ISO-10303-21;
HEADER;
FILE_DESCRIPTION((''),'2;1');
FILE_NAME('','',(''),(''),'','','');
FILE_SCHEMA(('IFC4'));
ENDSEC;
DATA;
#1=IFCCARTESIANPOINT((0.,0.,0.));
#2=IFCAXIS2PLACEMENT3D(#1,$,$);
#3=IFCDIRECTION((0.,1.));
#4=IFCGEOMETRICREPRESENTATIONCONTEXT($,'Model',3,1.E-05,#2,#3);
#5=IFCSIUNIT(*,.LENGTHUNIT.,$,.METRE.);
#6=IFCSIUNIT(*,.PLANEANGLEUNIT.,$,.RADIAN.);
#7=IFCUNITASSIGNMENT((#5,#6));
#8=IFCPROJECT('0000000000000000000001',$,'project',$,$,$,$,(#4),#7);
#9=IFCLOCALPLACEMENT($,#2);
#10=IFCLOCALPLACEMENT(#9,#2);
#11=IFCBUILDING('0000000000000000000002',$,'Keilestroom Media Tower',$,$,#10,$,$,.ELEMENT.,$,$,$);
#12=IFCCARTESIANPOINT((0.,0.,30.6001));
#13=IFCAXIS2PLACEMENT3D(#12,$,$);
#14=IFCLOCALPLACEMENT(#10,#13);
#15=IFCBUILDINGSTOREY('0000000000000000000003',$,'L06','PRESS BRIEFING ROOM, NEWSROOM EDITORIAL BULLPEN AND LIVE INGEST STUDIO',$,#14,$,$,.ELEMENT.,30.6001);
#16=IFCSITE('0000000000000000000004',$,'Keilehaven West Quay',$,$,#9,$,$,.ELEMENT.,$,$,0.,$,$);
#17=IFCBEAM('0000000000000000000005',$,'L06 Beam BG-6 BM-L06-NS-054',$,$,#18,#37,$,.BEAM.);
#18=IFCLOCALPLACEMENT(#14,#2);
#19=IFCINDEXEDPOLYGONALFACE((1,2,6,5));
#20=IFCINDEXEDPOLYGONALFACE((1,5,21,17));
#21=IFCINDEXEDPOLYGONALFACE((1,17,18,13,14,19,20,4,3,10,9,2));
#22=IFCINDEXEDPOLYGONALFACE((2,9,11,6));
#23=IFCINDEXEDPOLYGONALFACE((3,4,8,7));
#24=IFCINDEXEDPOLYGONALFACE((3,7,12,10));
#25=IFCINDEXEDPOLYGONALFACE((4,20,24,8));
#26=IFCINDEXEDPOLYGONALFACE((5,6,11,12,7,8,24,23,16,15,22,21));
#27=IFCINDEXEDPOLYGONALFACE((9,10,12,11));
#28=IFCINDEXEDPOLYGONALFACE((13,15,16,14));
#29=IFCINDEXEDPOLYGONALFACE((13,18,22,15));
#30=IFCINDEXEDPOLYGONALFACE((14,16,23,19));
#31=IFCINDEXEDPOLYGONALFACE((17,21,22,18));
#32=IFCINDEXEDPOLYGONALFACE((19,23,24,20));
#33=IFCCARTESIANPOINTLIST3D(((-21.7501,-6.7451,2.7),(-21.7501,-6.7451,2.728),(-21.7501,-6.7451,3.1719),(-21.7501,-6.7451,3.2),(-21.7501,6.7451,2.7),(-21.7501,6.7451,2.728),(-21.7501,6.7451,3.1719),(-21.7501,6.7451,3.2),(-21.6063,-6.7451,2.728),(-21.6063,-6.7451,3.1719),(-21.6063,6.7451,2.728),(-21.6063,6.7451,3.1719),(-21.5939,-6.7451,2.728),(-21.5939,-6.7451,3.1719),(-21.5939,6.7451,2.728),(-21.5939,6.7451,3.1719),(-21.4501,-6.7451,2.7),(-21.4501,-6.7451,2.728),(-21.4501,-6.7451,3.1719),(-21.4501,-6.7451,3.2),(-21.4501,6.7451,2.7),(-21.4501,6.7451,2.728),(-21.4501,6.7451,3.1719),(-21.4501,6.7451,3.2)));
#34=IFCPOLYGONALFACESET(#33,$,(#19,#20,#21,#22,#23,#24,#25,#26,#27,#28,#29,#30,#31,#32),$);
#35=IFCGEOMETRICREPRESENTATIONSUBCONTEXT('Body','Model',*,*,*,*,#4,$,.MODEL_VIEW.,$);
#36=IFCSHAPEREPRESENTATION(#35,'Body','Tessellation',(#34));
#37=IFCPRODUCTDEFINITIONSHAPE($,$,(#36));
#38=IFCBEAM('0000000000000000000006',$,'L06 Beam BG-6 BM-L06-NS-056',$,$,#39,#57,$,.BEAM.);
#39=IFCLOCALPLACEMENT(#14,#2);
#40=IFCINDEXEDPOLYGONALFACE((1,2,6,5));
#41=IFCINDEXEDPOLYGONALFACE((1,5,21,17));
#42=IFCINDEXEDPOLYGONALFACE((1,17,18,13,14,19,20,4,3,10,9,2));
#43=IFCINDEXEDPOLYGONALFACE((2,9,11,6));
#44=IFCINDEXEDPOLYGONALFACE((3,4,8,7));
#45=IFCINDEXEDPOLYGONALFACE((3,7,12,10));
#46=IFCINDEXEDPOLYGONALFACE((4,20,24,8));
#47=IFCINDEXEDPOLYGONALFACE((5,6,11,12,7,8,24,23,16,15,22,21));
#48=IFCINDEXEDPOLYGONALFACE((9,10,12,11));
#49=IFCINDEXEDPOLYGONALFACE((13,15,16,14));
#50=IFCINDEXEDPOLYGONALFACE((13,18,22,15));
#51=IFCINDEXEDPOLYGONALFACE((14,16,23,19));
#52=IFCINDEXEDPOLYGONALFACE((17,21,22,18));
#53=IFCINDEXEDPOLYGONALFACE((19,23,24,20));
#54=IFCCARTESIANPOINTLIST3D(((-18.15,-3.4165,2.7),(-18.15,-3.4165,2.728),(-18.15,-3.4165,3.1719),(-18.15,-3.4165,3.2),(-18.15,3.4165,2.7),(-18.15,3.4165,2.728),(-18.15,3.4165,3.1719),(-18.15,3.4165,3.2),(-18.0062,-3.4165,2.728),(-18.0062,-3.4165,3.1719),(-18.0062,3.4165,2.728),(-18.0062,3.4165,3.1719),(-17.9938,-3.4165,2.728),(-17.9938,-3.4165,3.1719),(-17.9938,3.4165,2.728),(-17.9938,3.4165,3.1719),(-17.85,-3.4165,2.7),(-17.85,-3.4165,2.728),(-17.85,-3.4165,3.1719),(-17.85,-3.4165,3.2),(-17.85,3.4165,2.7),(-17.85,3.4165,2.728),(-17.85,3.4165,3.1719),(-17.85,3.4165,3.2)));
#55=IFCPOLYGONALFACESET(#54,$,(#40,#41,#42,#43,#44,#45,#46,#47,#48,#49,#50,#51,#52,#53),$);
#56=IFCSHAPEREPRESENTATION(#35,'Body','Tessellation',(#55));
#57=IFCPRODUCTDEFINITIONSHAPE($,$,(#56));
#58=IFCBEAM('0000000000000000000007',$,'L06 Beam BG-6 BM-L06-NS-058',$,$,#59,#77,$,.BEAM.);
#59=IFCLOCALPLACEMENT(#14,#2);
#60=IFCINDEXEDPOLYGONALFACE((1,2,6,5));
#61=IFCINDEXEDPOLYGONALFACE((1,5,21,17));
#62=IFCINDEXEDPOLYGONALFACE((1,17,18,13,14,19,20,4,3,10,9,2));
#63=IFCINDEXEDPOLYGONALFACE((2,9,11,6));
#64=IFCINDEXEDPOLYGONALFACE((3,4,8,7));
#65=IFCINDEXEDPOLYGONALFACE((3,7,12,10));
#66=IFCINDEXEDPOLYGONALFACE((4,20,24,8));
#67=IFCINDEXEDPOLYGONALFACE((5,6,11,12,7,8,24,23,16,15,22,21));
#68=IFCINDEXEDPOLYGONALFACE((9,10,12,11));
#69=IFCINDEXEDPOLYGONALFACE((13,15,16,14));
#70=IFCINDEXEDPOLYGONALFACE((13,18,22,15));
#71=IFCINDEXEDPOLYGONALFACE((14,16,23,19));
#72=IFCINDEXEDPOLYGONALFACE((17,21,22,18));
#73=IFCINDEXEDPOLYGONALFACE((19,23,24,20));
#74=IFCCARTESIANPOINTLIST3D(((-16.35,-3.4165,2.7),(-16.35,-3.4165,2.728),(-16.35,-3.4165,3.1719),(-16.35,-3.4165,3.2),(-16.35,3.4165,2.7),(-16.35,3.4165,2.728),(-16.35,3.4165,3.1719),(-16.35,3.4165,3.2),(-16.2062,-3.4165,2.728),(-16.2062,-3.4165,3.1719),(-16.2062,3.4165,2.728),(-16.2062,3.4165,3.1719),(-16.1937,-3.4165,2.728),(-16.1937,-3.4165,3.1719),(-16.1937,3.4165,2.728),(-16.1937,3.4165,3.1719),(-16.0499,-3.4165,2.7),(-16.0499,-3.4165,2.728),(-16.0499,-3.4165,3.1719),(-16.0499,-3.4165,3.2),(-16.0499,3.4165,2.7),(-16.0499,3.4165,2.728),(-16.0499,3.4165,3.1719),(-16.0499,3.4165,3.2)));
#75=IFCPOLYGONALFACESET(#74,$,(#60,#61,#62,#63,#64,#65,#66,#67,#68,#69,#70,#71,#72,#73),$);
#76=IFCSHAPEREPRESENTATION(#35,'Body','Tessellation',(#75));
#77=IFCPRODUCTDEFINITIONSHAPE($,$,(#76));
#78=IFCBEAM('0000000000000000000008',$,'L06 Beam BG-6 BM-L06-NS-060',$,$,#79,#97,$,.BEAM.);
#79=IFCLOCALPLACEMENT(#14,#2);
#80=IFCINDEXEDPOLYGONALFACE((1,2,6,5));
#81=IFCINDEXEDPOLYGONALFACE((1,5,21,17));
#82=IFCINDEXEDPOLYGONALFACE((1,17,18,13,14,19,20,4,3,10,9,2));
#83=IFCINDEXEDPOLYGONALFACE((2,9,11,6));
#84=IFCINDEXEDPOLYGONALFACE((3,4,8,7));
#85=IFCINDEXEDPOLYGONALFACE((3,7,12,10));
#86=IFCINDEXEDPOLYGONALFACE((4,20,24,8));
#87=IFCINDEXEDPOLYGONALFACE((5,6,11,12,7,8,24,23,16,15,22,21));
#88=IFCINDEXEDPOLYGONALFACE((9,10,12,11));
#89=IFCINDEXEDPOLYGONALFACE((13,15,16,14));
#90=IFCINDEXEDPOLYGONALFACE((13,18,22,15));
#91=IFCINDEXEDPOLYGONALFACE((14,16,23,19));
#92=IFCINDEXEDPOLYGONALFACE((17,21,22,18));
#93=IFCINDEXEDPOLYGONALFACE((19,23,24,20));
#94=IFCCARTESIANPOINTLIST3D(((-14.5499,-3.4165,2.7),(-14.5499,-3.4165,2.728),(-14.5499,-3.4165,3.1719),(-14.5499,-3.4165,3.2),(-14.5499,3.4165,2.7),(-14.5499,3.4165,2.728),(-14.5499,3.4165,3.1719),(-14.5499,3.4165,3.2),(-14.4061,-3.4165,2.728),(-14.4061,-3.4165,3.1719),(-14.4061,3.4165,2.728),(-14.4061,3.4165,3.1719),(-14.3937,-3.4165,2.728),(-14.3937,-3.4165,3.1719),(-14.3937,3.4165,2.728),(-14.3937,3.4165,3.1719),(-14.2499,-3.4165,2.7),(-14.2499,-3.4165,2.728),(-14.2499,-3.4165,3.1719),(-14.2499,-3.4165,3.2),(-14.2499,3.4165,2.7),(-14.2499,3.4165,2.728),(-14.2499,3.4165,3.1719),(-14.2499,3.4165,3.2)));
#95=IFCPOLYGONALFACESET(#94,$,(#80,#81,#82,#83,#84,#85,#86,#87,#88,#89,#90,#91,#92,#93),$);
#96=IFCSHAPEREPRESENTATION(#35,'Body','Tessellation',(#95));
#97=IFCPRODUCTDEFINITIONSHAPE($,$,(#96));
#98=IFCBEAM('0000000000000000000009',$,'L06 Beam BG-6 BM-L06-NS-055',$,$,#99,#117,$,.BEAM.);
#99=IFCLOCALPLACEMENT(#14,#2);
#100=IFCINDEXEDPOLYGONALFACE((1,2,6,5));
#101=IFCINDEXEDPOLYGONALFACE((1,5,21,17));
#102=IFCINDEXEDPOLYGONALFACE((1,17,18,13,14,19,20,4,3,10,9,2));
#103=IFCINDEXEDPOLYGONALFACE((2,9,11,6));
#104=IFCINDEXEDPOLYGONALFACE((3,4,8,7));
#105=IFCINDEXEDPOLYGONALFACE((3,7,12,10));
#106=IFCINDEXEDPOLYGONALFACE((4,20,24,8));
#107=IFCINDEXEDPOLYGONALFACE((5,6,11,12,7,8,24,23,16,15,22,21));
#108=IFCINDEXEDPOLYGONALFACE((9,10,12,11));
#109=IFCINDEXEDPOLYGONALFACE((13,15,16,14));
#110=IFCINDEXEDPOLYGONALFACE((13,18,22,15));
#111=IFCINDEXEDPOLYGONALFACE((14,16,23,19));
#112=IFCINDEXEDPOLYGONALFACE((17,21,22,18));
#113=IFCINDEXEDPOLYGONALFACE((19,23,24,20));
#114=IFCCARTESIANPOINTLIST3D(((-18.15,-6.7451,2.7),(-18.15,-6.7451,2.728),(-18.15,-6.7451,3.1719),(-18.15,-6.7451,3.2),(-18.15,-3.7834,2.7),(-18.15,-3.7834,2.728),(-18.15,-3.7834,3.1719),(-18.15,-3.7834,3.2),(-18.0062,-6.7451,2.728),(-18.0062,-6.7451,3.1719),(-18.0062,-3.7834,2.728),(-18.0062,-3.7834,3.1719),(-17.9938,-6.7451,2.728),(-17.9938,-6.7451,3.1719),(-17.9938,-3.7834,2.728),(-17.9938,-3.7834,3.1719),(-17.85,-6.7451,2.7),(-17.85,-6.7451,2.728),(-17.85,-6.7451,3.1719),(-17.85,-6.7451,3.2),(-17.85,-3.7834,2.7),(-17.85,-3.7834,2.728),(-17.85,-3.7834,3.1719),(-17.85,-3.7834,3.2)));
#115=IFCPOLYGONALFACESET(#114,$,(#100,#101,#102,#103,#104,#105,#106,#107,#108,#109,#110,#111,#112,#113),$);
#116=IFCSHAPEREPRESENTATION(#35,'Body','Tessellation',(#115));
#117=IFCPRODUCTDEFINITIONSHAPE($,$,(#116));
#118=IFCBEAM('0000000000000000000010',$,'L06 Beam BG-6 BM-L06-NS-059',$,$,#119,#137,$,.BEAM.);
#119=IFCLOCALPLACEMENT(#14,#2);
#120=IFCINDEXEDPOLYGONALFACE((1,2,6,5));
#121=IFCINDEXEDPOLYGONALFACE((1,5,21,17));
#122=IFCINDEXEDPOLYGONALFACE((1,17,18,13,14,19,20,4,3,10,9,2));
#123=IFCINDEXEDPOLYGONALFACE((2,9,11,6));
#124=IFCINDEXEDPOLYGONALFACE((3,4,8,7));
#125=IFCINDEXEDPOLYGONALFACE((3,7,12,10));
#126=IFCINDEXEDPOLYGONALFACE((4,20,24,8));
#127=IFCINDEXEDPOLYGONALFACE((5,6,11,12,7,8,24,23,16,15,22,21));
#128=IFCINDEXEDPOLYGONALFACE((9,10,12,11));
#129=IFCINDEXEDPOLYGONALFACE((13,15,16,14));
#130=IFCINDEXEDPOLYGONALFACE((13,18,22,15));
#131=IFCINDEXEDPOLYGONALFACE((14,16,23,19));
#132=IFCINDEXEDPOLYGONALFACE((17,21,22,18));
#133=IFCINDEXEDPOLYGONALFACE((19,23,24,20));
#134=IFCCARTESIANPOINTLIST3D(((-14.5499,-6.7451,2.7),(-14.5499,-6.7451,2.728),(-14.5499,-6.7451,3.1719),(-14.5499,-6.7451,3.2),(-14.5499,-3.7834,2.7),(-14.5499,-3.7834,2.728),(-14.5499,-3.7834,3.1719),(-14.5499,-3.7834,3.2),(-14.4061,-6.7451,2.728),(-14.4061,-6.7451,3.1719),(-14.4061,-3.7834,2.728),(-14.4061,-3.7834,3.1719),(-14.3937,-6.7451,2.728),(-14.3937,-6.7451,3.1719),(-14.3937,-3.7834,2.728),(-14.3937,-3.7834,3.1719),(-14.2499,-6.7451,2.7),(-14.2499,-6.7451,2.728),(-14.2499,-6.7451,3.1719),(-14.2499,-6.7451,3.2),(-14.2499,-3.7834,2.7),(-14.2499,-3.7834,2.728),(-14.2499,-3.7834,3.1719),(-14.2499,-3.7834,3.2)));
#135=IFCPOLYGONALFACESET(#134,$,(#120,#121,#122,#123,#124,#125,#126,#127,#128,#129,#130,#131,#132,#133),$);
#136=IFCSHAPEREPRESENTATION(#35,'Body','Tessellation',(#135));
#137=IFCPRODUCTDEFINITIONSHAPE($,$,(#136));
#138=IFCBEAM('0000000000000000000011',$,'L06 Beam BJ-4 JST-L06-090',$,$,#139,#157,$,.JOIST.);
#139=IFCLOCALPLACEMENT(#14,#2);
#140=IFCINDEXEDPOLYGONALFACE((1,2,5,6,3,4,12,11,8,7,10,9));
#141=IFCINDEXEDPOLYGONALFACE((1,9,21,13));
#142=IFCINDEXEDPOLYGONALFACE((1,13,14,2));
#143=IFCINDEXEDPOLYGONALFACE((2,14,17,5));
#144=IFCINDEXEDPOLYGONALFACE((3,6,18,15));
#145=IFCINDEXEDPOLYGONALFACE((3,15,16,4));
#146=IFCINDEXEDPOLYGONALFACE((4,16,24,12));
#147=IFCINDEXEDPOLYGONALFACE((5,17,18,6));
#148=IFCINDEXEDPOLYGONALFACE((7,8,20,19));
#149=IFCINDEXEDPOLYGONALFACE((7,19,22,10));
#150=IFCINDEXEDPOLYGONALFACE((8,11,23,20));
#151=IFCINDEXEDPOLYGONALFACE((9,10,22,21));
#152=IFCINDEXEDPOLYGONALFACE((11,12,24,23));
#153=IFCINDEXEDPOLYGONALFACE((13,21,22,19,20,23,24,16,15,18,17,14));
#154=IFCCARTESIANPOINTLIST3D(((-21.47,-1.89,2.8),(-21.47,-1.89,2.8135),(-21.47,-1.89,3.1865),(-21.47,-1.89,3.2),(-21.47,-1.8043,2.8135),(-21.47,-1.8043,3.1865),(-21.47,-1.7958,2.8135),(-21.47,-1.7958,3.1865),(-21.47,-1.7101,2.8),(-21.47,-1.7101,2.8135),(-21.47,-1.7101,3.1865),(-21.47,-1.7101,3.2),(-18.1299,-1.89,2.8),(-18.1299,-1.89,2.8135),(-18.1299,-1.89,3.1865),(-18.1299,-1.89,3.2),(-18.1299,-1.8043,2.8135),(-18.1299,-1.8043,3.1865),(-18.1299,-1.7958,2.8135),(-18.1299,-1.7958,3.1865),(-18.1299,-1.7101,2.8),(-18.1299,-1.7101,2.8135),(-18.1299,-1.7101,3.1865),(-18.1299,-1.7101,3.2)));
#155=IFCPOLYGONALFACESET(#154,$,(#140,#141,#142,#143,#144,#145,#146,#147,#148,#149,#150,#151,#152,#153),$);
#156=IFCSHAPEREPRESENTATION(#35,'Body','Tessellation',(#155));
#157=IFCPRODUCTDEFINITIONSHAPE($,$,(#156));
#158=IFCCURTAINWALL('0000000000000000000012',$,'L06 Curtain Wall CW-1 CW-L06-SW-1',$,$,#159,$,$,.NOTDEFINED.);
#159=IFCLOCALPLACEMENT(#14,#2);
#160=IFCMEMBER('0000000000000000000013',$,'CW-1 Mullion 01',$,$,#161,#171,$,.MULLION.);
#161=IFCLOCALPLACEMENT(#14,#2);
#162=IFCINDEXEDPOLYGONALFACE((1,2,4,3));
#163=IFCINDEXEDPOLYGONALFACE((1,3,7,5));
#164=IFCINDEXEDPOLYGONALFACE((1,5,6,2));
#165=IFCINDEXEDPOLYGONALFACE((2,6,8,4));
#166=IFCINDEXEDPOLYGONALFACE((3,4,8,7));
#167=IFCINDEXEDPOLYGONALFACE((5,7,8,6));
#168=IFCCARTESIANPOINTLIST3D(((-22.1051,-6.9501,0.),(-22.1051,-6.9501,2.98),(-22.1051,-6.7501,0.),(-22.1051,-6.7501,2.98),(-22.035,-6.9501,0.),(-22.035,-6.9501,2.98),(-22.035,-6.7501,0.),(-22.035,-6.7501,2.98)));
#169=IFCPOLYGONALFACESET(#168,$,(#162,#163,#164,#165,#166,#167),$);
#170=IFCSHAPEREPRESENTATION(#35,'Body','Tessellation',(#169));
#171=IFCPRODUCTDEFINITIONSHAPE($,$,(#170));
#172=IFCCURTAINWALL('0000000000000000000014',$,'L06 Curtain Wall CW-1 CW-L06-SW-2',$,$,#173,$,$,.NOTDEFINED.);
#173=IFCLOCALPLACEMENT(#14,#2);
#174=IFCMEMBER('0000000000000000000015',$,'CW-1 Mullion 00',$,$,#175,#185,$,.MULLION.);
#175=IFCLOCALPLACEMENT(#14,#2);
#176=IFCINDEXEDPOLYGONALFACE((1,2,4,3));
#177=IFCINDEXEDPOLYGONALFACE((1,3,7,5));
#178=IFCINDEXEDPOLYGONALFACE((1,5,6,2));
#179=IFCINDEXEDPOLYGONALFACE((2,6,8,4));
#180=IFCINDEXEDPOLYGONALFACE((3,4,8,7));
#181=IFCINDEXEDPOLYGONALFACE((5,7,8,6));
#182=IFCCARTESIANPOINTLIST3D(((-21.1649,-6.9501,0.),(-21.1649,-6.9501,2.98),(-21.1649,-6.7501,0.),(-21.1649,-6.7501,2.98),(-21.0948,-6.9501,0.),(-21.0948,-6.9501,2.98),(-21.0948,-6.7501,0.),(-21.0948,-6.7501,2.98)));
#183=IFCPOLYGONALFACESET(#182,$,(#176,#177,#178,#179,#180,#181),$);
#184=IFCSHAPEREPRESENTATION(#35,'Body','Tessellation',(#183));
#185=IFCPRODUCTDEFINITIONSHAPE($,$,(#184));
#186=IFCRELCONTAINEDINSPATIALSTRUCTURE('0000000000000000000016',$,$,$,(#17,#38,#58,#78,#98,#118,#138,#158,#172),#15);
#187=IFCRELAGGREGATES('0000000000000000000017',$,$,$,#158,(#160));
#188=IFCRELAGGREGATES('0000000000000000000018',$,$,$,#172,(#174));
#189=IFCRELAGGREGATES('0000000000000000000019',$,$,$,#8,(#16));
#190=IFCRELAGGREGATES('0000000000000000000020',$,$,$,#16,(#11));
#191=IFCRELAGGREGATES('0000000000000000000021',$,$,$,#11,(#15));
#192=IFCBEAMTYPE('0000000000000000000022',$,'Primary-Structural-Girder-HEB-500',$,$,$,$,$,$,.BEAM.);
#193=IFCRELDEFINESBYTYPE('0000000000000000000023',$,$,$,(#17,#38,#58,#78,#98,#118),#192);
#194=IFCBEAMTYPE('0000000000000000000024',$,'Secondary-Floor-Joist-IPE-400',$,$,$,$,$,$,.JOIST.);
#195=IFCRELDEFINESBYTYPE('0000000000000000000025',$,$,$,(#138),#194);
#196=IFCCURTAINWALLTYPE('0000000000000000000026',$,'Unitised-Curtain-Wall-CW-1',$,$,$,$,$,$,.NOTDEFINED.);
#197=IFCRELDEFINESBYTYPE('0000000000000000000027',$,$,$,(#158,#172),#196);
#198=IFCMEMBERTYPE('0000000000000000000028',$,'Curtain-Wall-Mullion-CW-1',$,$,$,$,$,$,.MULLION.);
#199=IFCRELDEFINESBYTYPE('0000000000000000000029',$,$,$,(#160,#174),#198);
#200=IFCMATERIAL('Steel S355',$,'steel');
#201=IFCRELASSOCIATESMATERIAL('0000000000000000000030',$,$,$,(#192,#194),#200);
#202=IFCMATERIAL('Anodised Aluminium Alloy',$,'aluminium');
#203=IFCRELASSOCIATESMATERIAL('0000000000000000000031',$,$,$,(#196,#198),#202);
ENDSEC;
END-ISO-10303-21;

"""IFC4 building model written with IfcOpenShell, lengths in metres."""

from ifc_helpers import new_model, si_unit, direction, frame, origin, origin_2d, place, context, subcontext, project, spatial, rectangle, i_section, extrude, source, transform, mapped, material, material_profile, profile_set, type_object, element, aggregate, save


model = new_model("IFC4")

# Units and contexts
model_context = context("Model", 3, precision=1e-05, world=origin(), true_north=direction((0.0, 1.0)))
body_context = subcontext(model_context, "Body", "Model", "MODEL_VIEW")
ifc_project = project(units=[si_unit("LENGTHUNIT", "METRE"), si_unit("PLANEANGLEUNIT", "RADIAN")], contexts=[model_context])

# Site, building, storey
site_placement = place(None, origin())
site = spatial("IfcSite", under=ifc_project, at=site_placement, Name="Keilehaven West Quay", CompositionType="ELEMENT", RefElevation=0.0)
building_placement = place(site_placement, origin())
building = spatial("IfcBuilding", under=site, at=building_placement, Name="Keilestroom Media Tower", CompositionType="ELEMENT")
storey_placement = place(building_placement, frame((0.0, 0.0, 30.6001)))
storey = spatial("IfcBuildingStorey", under=building, at=storey_placement, Name="L06", Description="PRESS BRIEFING ROOM, NEWSROOM EDITORIAL BULLPEN AND LIVE INGEST STUDIO", CompositionType="ELEMENT", Elevation=30.6001)

# Beams
ifc_material_1 = material(Name="Steel S355", Category="steel")
ifc_material_profile_1 = material_profile(ifc_material_1, i_section(OverallWidth=0.3, OverallDepth=0.5, WebThickness=0.0125, FlangeThickness=0.0281, at=origin_2d()), Name="HEB 500")
ifc_profile_set_1 = profile_set([ifc_material_profile_1], Name="Steel S355")
beam_type_1 = type_object("IfcBeamType", Name="Primary-Structural-Girder-HEB-500", PredefinedType="BEAM", material=ifc_profile_set_1)
shared_shape_1 = source(origin(), body_context, "Body", "SweptSolid", [
    extrude(i_section(OverallWidth=0.3, OverallDepth=0.5, WebThickness=0.0125, FlangeThickness=0.0281, at=origin_2d()), origin(), (0.0, 0.0, 1.0), 13.4902),
])
beam_1_placement = place(storey_placement, frame((-21.6001, -6.7451, 2.95), z_axis=(0.0, 1.0, 0.0), x_axis=(-1.0, 0.0, 0.0)))
element("IfcBeam", 1, at=beam_1_placement, inside=storey, type_object=beam_type_1, Name="L06 Beam BG-6 BM-L06-NS-054", PredefinedType="BEAM", context=body_context, shape_type="MappedRepresentation", body=[
    mapped(shared_shape_1, transform((0.0, 0.0, 0.0), x_axis=(1.0, 0.0, 0.0), y_axis=(0.0, 1.0, 0.0), z_axis=(0.0, 0.0, 1.0), scale=1.0)),
])
shared_shape_2 = source(origin(), body_context, "Body", "SweptSolid", [
    extrude(i_section(OverallWidth=0.3, OverallDepth=0.5, WebThickness=0.0125, FlangeThickness=0.0281, at=origin_2d()), origin(), (0.0, 0.0, 1.0), 6.833),
])
for number, where, z_axis, x_axis, name in (
    (2, (-18.0, -3.4165, 2.95), (0.0, 1.0, 0.0), (-1.0, 0.0, 0.0), "L06 Beam BG-6 BM-L06-NS-056"),
    (3, (-16.2, -3.4165, 2.95), (0.0, 1.0, 0.0), (-1.0, 0.0, 0.0), "L06 Beam BG-6 BM-L06-NS-058"),
    (4, (-14.3999, -3.4165, 2.95), (0.0, 1.0, 0.0), (-1.0, 0.0, 0.0), "L06 Beam BG-6 BM-L06-NS-060"),
):
    element("IfcBeam", number, at=place(storey_placement, frame(where, z_axis=z_axis, x_axis=x_axis)), inside=storey, type_object=beam_type_1, Name=name, PredefinedType="BEAM", context=body_context, shape_type="MappedRepresentation", body=[
        mapped(shared_shape_2, transform((0.0, 0.0, 0.0), x_axis=(1.0, 0.0, 0.0), y_axis=(0.0, 1.0, 0.0), z_axis=(0.0, 0.0, 1.0), scale=1.0)),
    ])
shared_shape_3 = source(origin(), body_context, "Body", "SweptSolid", [
    extrude(i_section(OverallWidth=0.3, OverallDepth=0.5, WebThickness=0.0125, FlangeThickness=0.0281, at=origin_2d()), origin(), (0.0, 0.0, 1.0), 2.9617),
])
for number, where, z_axis, x_axis, name in (
    (5, (-18.0, -6.7451, 2.95), (0.0, 1.0, 0.0), (-1.0, 0.0, 0.0), "L06 Beam BG-6 BM-L06-NS-055"),
    (6, (-14.3999, -6.7451, 2.95), (0.0, 1.0, 0.0), (-1.0, 0.0, 0.0), "L06 Beam BG-6 BM-L06-NS-059"),
):
    element("IfcBeam", number, at=place(storey_placement, frame(where, z_axis=z_axis, x_axis=x_axis)), inside=storey, type_object=beam_type_1, Name=name, PredefinedType="BEAM", context=body_context, shape_type="MappedRepresentation", body=[
        mapped(shared_shape_3, transform((0.0, 0.0, 0.0), x_axis=(1.0, 0.0, 0.0), y_axis=(0.0, 1.0, 0.0), z_axis=(0.0, 0.0, 1.0), scale=1.0)),
    ])
ifc_material_profile_2 = material_profile(ifc_material_1, i_section(OverallWidth=0.1799, OverallDepth=0.3999, WebThickness=0.0085, FlangeThickness=0.0134, at=origin_2d()), Name="IPE 400")
ifc_profile_set_2 = profile_set([ifc_material_profile_2], Name="Steel S355")
beam_type_2 = type_object("IfcBeamType", Name="Secondary-Floor-Joist-IPE-400", PredefinedType="JOIST", material=ifc_profile_set_2)
shared_shape_4 = source(origin(), body_context, "Body", "SweptSolid", [
    extrude(i_section(OverallWidth=0.1799, OverallDepth=0.3999, WebThickness=0.0085, FlangeThickness=0.0134, at=origin_2d()), origin(), (0.0, 0.0, 1.0), 3.3401),
])
beam_2_placement = place(storey_placement, frame((-21.47, -1.8, 3.0), z_axis=(1.0, 0.0, 0.0), x_axis=(0.0, 1.0, 0.0)))
element("IfcBeam", 7, at=beam_2_placement, inside=storey, type_object=beam_type_2, Name="L06 Beam BJ-4 JST-L06-090", PredefinedType="JOIST", context=body_context, shape_type="MappedRepresentation", body=[
    mapped(shared_shape_4, transform((0.0, 0.0, 0.0), x_axis=(1.0, 0.0, 0.0), y_axis=(0.0, 1.0, 0.0), z_axis=(0.0, 0.0, 1.0), scale=1.0)),
])

# Curtain wall, member
ifc_material_2 = material(Name="Anodised Aluminium Alloy", Category="aluminium")
curtain_wall_type = type_object("IfcCurtainWallType", Name="Unitised-Curtain-Wall-CW-1", PredefinedType="NOTDEFINED", material=ifc_material_2)
curtain_wall_1_placement = place(storey_placement, origin())
curtain_wall_1 = element("IfcCurtainWall", 8, at=curtain_wall_1_placement, inside=storey, type_object=curtain_wall_type, Name="L06 Curtain Wall CW-1 CW-L06-SW-1", PredefinedType="NOTDEFINED")
ifc_material_profile_3 = material_profile(ifc_material_2, rectangle(XDim=0.0701, YDim=0.2, at=origin_2d()), Name="ALU MULLION 70x200")
ifc_profile_set_3 = profile_set([ifc_material_profile_3], Name="Anodised Aluminium Alloy")
member_type_1 = type_object("IfcMemberType", Name="Curtain-Wall-Mullion-CW-1", PredefinedType="MULLION", material=ifc_profile_set_3)
shared_shape_5 = source(origin(), body_context, "Body", "SweptSolid", [
    extrude(rectangle(XDim=0.0701, YDim=0.2, at=origin_2d()), origin(), (0.0, 0.0, 1.0), 2.98),
])
member_1_placement = place(storey_placement, frame((-22.0701, -6.8501, 0.0), z_axis=(0.0, 0.0, 1.0), x_axis=(1.0, 0.0, 0.0)))
member_1 = element("IfcMember", 9, at=member_1_placement, type_object=member_type_1, Name="CW-1 Mullion 01", PredefinedType="MULLION", context=body_context, shape_type="MappedRepresentation", body=[
    mapped(shared_shape_5, transform((0.0, 0.0, 0.0), x_axis=(1.0, 0.0, 0.0), y_axis=(0.0, 1.0, 0.0), z_axis=(0.0, 0.0, 1.0), scale=1.0)),
])
aggregate(curtain_wall_1, [member_1])

# Curtain wall, member
curtain_wall_2_placement = place(storey_placement, origin())
curtain_wall_2 = element("IfcCurtainWall", 10, at=curtain_wall_2_placement, inside=storey, type_object=curtain_wall_type, Name="L06 Curtain Wall CW-1 CW-L06-SW-2", PredefinedType="NOTDEFINED")
member_2_placement = place(storey_placement, frame((-21.1299, -6.8501, 0.0), z_axis=(0.0, 0.0, 1.0), x_axis=(1.0, 0.0, 0.0)))
member_2 = element("IfcMember", 11, at=member_2_placement, type_object=member_type_1, Name="CW-1 Mullion 00", PredefinedType="MULLION", context=body_context, shape_type="MappedRepresentation", body=[
    mapped(shared_shape_5, transform((0.0, 0.0, 0.0), x_axis=(1.0, 0.0, 0.0), y_axis=(0.0, 1.0, 0.0), z_axis=(0.0, 0.0, 1.0), scale=1.0)),
])

aggregate(curtain_wall_2, [member_2])

save(model, "model.ifc")
